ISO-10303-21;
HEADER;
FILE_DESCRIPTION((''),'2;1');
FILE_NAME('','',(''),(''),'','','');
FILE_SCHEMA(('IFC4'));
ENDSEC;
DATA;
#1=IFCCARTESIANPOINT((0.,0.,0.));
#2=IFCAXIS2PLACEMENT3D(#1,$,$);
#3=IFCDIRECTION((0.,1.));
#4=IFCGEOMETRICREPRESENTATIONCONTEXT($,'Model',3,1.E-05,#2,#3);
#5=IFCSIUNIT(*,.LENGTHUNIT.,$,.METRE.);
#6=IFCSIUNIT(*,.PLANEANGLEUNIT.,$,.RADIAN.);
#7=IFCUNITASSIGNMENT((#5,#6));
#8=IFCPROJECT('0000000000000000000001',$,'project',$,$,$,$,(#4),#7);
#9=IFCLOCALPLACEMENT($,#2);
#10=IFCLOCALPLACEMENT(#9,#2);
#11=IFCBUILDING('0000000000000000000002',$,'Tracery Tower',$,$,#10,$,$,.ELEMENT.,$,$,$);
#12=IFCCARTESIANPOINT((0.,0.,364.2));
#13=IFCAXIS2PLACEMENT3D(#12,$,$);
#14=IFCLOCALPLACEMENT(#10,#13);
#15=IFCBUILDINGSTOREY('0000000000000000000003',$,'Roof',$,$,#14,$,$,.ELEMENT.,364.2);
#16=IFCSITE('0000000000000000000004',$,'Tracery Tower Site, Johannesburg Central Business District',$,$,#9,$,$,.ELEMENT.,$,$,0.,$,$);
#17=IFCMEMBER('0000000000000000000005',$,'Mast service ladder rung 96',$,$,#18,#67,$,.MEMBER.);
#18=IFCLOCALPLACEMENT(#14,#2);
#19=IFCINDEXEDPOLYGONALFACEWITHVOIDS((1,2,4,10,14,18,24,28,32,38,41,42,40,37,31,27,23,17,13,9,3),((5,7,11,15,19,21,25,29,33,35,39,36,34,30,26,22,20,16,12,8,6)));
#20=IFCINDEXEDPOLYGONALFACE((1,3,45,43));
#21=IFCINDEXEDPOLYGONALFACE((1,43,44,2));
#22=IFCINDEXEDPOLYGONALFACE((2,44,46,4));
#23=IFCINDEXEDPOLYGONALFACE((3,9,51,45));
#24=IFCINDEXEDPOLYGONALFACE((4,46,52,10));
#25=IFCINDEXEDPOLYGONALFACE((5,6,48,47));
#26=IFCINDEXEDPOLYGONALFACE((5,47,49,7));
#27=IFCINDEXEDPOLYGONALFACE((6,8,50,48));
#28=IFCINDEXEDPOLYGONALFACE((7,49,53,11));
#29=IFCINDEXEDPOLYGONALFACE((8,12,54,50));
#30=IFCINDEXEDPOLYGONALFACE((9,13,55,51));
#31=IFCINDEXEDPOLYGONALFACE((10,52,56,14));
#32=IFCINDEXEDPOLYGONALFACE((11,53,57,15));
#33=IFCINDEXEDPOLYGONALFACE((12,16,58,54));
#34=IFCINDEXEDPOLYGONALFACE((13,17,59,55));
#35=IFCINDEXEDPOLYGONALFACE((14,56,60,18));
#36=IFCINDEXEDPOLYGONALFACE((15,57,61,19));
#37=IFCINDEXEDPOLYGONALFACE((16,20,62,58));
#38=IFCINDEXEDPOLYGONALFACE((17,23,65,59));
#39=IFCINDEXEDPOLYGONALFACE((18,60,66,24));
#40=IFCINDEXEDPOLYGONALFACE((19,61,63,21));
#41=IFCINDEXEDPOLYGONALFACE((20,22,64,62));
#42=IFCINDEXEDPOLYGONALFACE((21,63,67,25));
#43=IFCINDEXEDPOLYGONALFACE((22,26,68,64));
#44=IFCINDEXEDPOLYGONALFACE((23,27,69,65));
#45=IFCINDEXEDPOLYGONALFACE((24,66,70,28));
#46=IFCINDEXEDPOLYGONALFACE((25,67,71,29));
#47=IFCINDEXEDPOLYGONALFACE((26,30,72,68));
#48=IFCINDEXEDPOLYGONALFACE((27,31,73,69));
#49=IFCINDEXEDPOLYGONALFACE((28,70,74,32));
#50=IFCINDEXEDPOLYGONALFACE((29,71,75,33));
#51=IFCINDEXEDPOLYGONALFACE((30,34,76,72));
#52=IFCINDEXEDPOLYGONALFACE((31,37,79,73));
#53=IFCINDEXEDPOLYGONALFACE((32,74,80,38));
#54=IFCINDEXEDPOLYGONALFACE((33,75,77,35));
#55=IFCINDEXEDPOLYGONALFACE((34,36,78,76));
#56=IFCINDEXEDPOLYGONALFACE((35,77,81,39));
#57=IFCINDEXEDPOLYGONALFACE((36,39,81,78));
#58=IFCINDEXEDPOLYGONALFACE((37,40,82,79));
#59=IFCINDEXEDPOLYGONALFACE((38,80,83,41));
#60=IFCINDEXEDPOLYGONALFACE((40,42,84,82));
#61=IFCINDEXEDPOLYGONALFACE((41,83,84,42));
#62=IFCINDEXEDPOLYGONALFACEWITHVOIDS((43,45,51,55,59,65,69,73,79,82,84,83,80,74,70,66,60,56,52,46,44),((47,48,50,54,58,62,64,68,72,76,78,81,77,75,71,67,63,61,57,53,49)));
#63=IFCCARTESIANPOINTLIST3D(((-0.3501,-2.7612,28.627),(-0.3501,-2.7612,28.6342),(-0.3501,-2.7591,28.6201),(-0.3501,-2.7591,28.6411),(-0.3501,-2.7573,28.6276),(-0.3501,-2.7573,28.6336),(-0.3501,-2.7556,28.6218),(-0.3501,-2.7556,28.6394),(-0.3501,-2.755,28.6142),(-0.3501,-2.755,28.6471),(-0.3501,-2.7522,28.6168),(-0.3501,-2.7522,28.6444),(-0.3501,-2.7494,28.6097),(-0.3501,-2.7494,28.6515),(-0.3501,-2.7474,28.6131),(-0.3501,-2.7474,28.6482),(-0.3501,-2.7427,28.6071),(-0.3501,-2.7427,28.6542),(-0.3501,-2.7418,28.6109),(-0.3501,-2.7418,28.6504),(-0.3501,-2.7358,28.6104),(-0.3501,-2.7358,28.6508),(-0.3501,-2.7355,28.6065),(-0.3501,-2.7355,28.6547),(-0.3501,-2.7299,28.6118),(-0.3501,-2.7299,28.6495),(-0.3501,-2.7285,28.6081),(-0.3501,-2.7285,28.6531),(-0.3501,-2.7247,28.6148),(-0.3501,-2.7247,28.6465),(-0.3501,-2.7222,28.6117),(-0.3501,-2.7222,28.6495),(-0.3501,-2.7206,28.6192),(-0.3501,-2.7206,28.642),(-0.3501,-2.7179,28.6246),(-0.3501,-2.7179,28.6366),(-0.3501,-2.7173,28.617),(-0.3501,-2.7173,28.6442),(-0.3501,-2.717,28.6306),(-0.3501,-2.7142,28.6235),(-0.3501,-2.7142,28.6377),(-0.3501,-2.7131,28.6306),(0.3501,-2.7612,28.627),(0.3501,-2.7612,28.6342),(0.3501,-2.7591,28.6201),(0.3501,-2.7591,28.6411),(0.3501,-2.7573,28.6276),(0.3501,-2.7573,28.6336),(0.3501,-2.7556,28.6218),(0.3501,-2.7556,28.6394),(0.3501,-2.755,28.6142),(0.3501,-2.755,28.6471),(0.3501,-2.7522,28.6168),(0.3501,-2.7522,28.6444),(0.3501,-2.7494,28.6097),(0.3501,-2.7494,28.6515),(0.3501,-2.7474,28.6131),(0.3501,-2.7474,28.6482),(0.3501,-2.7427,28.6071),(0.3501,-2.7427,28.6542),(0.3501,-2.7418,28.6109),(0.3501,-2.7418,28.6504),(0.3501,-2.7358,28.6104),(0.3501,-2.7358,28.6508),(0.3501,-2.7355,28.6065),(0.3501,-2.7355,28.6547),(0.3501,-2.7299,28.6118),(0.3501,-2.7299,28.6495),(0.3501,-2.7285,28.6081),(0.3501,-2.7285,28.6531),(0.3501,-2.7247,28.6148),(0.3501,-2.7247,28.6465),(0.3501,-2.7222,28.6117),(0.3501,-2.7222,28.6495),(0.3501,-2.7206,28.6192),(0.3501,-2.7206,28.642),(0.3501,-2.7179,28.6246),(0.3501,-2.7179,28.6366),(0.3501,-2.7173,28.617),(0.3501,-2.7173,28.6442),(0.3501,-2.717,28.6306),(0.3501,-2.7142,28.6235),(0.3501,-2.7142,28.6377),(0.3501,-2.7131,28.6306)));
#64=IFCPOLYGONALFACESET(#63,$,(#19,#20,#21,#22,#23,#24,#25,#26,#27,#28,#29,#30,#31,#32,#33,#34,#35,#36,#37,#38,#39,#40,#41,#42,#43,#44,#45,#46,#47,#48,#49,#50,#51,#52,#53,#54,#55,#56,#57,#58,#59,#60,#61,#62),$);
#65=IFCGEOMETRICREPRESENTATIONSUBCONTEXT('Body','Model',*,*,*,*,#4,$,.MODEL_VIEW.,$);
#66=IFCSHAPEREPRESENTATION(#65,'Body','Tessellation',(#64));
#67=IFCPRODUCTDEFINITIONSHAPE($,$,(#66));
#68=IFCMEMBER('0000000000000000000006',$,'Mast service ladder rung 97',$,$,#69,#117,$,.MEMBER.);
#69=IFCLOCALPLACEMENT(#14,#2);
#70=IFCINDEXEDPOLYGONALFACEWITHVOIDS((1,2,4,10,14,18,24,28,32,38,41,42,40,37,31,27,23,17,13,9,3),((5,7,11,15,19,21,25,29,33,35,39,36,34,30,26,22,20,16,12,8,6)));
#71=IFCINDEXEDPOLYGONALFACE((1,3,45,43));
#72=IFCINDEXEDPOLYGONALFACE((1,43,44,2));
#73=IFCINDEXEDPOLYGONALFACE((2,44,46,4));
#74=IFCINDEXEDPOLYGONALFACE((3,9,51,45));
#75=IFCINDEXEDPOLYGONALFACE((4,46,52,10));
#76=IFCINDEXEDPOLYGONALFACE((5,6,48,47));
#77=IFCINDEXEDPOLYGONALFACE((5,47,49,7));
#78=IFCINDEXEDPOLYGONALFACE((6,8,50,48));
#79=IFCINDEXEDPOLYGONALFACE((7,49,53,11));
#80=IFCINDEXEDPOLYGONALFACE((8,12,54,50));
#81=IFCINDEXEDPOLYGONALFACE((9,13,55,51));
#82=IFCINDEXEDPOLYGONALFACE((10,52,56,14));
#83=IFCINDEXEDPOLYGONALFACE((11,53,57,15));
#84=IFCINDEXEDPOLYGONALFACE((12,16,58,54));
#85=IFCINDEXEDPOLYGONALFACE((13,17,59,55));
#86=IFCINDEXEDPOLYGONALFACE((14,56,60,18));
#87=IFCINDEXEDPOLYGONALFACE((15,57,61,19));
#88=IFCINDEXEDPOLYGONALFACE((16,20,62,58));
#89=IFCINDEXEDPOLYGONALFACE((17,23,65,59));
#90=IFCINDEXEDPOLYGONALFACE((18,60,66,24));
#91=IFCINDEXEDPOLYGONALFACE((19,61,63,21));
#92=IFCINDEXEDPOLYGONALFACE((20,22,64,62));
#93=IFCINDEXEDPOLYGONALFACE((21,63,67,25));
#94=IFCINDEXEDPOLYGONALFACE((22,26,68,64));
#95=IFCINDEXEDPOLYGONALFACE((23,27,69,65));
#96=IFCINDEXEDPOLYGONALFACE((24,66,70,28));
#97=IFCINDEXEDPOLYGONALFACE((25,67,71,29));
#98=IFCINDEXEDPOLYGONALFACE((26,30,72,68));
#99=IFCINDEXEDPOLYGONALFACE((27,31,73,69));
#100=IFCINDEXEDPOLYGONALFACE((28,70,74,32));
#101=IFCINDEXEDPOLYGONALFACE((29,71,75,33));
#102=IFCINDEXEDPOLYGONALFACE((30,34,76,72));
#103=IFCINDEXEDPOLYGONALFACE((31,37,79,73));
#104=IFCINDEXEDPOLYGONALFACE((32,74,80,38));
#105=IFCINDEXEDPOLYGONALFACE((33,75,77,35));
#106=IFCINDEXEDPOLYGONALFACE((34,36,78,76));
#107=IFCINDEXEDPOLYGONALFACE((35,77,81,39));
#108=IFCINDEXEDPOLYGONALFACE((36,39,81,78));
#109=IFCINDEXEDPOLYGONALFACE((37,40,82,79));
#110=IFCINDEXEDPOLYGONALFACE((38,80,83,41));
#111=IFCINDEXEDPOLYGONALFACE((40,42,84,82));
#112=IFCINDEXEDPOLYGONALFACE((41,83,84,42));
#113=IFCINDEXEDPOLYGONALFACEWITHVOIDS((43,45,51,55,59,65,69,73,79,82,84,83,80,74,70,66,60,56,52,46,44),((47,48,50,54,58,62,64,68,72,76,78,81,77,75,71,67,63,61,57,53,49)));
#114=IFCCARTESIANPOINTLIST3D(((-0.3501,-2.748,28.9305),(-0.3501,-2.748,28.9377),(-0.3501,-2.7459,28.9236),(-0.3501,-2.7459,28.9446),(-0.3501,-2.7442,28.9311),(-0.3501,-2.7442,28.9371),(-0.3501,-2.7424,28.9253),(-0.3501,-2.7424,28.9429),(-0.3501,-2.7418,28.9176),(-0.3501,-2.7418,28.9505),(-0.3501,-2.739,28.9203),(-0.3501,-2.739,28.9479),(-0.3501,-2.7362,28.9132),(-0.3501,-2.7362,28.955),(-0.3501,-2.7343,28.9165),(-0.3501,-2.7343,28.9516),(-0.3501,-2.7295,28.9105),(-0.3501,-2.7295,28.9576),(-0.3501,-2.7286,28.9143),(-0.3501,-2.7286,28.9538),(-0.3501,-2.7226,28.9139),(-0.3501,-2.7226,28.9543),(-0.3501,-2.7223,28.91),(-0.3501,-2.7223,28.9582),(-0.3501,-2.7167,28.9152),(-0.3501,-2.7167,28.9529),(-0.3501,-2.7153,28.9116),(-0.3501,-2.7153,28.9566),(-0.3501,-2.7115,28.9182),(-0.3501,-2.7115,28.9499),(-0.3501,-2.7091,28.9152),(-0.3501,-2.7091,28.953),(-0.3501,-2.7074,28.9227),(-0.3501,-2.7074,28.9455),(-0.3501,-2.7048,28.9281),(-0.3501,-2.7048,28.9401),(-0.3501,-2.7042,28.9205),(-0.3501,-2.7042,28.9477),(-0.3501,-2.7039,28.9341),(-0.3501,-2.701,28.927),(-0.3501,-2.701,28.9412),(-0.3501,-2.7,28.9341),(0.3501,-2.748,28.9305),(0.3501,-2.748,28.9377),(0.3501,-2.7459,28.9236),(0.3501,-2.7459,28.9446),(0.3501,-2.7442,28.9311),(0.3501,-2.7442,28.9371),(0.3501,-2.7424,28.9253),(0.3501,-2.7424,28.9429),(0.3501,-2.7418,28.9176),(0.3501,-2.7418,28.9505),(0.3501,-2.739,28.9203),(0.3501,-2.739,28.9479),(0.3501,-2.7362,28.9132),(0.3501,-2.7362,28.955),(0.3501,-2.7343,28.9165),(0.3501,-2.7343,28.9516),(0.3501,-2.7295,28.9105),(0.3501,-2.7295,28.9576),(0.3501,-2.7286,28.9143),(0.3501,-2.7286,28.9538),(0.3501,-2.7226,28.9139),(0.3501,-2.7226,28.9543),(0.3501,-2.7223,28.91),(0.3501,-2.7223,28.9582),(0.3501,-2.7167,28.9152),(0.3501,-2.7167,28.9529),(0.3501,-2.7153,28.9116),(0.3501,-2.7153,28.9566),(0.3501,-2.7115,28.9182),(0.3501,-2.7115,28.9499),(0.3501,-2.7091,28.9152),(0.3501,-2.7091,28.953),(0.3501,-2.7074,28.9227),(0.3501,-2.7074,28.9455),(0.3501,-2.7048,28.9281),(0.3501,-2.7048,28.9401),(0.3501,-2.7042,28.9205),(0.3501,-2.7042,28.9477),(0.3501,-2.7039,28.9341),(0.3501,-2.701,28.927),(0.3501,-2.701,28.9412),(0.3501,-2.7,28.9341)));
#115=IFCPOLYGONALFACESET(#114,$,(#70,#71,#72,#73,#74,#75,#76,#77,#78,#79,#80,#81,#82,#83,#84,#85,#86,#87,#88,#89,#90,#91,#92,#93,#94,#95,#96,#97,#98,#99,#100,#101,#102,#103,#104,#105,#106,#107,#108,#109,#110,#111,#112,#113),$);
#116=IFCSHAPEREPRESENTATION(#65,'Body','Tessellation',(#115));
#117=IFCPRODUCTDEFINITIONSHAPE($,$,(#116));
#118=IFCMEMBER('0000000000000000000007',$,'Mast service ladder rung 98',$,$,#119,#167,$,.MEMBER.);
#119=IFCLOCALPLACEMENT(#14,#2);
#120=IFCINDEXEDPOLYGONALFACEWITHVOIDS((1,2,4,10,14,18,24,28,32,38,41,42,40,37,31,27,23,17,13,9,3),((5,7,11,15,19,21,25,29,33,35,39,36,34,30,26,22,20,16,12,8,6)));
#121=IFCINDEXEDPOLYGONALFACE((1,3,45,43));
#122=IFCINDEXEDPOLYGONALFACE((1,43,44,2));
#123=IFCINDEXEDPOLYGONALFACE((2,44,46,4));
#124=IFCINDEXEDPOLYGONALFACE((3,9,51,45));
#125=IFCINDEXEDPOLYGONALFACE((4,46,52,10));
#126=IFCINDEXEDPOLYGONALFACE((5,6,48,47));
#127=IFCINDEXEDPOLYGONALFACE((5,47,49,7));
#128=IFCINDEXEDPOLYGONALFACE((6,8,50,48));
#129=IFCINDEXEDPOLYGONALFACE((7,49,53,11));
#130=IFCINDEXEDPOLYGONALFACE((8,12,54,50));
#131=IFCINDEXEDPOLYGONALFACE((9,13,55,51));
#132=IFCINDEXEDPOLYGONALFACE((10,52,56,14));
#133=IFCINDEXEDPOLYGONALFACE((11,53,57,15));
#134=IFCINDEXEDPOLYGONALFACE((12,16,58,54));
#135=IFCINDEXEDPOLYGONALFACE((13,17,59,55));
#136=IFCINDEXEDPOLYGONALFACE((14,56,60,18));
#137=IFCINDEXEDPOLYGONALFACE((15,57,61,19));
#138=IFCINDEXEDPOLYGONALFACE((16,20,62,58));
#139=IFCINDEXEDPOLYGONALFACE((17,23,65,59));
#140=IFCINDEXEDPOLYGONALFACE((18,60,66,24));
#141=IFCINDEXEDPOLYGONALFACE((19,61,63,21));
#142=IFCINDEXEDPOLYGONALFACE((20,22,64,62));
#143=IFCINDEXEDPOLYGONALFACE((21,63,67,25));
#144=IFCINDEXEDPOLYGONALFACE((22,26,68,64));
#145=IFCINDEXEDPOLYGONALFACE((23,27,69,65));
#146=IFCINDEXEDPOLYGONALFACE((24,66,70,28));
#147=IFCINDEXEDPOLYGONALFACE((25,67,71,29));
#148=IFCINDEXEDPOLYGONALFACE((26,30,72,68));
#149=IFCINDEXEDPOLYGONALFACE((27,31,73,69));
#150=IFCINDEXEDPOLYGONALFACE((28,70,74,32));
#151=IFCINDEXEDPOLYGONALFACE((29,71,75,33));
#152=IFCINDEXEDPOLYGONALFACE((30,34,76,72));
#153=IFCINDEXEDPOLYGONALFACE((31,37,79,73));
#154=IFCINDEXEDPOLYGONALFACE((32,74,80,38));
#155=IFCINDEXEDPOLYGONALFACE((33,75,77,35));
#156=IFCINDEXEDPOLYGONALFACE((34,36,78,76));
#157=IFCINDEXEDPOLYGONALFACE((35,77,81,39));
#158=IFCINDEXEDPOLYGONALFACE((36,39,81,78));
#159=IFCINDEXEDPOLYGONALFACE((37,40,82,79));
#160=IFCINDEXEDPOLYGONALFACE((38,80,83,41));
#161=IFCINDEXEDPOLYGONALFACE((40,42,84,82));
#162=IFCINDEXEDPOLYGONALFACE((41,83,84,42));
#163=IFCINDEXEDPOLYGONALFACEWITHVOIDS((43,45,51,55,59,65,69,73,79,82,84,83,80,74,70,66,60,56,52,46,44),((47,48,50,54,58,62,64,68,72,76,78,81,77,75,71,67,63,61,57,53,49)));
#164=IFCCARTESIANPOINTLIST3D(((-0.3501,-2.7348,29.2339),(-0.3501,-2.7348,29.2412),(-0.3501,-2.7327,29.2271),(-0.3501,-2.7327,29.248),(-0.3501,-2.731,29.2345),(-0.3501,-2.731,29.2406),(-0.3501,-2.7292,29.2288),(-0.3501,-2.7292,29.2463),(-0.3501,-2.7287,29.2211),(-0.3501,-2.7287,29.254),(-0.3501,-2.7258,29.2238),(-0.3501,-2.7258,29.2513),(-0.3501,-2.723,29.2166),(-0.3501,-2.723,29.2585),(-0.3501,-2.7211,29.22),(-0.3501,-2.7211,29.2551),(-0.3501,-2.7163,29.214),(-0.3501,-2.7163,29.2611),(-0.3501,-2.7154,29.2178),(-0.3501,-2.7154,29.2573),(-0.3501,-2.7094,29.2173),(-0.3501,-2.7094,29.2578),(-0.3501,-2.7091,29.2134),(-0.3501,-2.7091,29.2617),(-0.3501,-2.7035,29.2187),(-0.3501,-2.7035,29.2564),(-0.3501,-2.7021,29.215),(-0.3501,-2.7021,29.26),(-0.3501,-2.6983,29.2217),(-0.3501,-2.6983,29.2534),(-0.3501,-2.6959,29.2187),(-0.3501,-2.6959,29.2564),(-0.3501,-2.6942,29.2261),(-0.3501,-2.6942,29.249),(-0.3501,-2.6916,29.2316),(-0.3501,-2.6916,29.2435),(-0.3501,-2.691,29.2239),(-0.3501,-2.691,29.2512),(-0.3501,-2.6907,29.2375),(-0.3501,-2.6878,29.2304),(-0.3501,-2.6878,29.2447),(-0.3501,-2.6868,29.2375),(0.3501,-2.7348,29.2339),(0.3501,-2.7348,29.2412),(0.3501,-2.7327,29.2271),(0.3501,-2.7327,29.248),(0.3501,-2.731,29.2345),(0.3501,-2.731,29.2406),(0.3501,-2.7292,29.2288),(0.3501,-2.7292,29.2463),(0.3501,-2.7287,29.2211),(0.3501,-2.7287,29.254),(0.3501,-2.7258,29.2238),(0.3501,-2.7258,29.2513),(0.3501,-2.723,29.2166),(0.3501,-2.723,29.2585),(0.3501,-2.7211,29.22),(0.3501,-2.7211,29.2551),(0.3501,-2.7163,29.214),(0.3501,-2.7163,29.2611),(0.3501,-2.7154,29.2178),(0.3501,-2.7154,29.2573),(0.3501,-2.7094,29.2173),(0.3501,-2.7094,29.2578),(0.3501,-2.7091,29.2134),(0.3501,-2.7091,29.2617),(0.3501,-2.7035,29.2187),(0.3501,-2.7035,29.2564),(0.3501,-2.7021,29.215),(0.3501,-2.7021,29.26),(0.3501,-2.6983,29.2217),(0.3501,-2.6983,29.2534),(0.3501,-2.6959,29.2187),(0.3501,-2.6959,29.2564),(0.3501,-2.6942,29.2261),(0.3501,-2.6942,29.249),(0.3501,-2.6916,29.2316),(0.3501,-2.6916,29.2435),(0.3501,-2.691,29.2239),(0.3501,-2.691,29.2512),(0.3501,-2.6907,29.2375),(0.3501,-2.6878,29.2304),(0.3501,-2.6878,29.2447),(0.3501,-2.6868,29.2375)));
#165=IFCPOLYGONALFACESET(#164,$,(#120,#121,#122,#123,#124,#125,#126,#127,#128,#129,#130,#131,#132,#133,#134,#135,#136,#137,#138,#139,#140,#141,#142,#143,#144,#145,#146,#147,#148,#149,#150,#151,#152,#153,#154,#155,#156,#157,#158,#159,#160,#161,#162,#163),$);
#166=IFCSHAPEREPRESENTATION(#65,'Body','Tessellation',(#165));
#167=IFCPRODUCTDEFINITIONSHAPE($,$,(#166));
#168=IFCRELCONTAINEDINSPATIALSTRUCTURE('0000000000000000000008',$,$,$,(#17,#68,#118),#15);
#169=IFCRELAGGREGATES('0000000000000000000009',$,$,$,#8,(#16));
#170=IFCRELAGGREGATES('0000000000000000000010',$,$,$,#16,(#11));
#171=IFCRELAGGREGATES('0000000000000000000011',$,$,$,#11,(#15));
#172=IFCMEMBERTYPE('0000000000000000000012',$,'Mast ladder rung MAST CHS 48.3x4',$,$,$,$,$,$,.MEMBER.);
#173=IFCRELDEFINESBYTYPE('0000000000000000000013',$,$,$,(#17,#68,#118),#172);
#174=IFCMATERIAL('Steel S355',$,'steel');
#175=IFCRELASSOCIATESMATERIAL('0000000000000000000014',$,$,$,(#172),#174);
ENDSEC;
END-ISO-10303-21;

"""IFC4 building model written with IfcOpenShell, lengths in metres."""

from ifc_helpers import new_model, si_unit, direction, frame, origin, origin_2d, place, context, subcontext, project, spatial, hollow_circle, extrude, material, material_profile, profile_set, type_object, element, save


model = new_model("IFC4")

# Units and contexts
model_context = context("Model", 3, precision=1e-05, world=origin(), true_north=direction((0.0, 1.0)))
body_context = subcontext(model_context, "Body", "Model", "MODEL_VIEW")
ifc_project = project(units=[si_unit("LENGTHUNIT", "METRE"), si_unit("PLANEANGLEUNIT", "RADIAN")], contexts=[model_context])

# Site, building, storey
site_placement = place(None, origin())
site = spatial("IfcSite", under=ifc_project, at=site_placement, Name="Tracery Tower Site, Johannesburg Central Business District", CompositionType="ELEMENT", RefElevation=0.0)
building_placement = place(site_placement, origin())
building = spatial("IfcBuilding", under=site, at=building_placement, Name="Tracery Tower", CompositionType="ELEMENT")
storey_placement = place(building_placement, frame((0.0, 0.0, 364.2)))
storey = spatial("IfcBuildingStorey", under=building, at=storey_placement, Name="Roof", CompositionType="ELEMENT", Elevation=364.2)

# Members
ifc_material_1 = material(Name="Steel S355", Category="steel")
ifc_material_profile_1 = material_profile(ifc_material_1, hollow_circle(Radius=0.0242, WallThickness=0.0039, at=origin_2d()), Name="CHS 48.3x4")
ifc_profile_set_1 = profile_set([ifc_material_profile_1], Name="Steel S355")
member_type_1 = type_object("IfcMemberType", Name="Mast ladder rung MAST CHS 48.3x4", PredefinedType="MEMBER", material=ifc_profile_set_1)
for number, where, z_axis, x_axis, name in (
    (1, (-0.3501, -2.7373, 28.6306), (1.0, 0.0, 0.0), (0.0, 1.0, 0.0), "Mast service ladder rung 96"),
    (2, (-0.3501, -2.7241, 28.9341), (1.0, 0.0, 0.0), (0.0, 1.0, 0.0), "Mast service ladder rung 97"),
    (3, (-0.3501, -2.7109, 29.2375), (1.0, 0.0, 0.0), (0.0, 1.0, 0.0), "Mast service ladder rung 98"),
):
    element("IfcMember", number, at=place(storey_placement, frame(where, z_axis=z_axis, x_axis=x_axis)), inside=storey, type_object=member_type_1, Name=name, PredefinedType="MEMBER", context=body_context, shape_type="SweptSolid", body=[
        extrude(hollow_circle(Radius=0.0242, WallThickness=0.0039, at=origin_2d()), origin(), (0.0, 0.0, 1.0), 0.7002),
    ])

save(model, "model.ifc")
